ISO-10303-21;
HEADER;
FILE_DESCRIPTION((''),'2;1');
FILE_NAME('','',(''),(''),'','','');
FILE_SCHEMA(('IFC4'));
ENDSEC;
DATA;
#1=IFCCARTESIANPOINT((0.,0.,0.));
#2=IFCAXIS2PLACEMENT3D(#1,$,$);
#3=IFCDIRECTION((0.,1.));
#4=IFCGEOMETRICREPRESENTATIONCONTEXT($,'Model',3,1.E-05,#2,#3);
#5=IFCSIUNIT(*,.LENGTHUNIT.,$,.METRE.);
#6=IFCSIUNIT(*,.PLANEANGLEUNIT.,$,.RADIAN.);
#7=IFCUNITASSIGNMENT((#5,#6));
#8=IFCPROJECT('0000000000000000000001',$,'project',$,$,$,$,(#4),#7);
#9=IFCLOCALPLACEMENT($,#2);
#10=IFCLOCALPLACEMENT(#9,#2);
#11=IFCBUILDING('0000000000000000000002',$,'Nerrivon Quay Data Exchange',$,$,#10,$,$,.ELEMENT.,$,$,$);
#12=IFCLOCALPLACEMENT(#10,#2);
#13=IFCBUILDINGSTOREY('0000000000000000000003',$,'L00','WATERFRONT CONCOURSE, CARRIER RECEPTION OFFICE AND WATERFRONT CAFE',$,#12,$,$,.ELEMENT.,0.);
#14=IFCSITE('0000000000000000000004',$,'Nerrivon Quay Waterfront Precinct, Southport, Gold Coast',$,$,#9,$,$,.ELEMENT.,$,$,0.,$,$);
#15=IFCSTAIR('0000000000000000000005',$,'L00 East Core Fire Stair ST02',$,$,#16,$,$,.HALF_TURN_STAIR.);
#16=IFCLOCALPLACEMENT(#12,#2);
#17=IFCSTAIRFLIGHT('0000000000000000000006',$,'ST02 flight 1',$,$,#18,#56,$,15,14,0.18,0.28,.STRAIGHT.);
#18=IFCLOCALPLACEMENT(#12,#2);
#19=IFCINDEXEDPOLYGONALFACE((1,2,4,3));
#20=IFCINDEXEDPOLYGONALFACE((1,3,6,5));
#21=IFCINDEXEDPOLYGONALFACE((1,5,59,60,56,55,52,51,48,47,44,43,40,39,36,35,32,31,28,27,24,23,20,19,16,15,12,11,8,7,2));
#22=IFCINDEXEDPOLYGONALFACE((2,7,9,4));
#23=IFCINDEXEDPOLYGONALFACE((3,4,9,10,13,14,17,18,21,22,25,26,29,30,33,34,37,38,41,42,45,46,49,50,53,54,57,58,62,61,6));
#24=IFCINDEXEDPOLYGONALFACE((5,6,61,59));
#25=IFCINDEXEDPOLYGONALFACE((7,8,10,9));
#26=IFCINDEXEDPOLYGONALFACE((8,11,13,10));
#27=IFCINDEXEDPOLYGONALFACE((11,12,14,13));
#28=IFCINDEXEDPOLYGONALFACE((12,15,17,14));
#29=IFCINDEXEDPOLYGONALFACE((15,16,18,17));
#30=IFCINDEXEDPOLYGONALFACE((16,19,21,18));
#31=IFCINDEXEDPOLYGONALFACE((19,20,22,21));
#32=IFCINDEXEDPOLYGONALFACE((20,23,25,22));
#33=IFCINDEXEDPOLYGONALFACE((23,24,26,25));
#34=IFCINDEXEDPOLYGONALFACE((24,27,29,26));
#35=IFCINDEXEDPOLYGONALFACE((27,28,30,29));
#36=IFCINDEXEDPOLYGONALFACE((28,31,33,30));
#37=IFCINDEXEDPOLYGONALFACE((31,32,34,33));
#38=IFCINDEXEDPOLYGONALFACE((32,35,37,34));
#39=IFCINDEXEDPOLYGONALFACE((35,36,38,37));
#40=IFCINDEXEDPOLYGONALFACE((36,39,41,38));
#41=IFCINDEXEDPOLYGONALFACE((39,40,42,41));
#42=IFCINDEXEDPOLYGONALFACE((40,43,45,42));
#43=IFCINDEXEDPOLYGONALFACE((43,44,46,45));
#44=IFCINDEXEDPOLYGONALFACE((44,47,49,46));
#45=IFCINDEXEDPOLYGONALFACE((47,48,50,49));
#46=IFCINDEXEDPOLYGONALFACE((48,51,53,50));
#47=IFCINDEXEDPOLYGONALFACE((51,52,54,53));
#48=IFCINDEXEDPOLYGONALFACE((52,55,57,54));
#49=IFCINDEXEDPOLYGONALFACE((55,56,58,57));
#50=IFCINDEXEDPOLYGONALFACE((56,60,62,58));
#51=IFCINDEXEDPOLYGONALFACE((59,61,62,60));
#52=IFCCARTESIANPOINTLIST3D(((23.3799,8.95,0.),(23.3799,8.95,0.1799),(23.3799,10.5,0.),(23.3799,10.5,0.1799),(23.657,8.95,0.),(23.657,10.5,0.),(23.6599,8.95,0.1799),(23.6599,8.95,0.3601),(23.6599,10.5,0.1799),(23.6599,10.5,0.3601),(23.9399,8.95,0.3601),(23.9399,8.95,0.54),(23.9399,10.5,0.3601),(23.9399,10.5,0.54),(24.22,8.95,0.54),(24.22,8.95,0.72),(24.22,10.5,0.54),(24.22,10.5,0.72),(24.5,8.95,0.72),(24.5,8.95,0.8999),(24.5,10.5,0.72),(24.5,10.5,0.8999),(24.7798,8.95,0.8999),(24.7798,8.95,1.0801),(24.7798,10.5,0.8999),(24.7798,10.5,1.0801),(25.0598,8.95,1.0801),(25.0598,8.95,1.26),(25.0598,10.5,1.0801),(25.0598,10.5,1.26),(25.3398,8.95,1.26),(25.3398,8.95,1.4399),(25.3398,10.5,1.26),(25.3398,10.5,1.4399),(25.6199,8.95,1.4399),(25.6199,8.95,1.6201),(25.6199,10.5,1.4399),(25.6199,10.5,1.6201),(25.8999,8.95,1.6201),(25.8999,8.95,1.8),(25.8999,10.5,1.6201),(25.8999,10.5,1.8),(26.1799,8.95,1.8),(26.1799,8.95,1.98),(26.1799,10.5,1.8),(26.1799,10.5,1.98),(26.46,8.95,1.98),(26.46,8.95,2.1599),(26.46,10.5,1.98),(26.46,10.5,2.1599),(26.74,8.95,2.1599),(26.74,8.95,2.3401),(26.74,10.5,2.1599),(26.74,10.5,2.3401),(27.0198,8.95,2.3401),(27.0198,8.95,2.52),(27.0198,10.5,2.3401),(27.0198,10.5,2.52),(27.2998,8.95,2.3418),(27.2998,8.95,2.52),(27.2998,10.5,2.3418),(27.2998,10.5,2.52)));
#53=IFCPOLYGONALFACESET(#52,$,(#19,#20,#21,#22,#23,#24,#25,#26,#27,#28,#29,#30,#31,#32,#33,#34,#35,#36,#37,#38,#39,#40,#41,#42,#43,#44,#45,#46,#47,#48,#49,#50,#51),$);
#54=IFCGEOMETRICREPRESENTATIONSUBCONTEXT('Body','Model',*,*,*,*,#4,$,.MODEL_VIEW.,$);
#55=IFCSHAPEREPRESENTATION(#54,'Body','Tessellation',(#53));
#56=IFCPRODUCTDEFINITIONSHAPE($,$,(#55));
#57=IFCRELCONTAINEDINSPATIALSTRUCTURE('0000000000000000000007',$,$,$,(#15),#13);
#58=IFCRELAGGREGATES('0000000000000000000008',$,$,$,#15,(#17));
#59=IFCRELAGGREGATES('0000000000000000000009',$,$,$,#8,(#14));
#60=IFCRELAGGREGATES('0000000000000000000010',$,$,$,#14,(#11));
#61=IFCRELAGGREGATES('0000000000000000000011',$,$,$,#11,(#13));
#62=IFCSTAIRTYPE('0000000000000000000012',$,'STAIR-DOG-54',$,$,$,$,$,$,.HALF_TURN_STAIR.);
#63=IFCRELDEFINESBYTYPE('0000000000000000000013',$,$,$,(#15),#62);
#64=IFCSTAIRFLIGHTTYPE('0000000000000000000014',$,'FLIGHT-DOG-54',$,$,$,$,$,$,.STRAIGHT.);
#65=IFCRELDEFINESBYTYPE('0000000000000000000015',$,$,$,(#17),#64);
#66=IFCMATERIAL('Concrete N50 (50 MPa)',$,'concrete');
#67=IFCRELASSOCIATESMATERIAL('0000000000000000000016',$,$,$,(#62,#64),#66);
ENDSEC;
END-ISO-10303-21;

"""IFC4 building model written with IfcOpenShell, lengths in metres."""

from ifc_helpers import new_model, si_unit, direction, frame, origin, place, context, subcontext, project, spatial, polyline, outline, extrude, material, type_object, element, aggregate, save


model = new_model("IFC4")

# Units and contexts
model_context = context("Model", 3, precision=1e-05, world=origin(), true_north=direction((0.0, 1.0)))
body_context = subcontext(model_context, "Body", "Model", "MODEL_VIEW")
ifc_project = project(units=[si_unit("LENGTHUNIT", "METRE"), si_unit("PLANEANGLEUNIT", "RADIAN")], contexts=[model_context])

# Site, building, storey
site_placement = place(None, origin())
site = spatial("IfcSite", under=ifc_project, at=site_placement, Name="Nerrivon Quay Waterfront Precinct, Southport, Gold Coast", CompositionType="ELEMENT", RefElevation=0.0)
building_placement = place(site_placement, origin())
building = spatial("IfcBuilding", under=site, at=building_placement, Name="Nerrivon Quay Data Exchange", CompositionType="ELEMENT")
storey_placement = place(building_placement, origin())
storey = spatial("IfcBuildingStorey", under=building, at=storey_placement, Name="L00", Description="WATERFRONT CONCOURSE, CARRIER RECEPTION OFFICE AND WATERFRONT CAFE", CompositionType="ELEMENT", Elevation=0.0)

# Shared definitions
ifc_material_1 = material(Name="Concrete N50 (50 MPa)", Category="concrete")

# Stair, stair flight
stair_type = type_object("IfcStairType", Name="STAIR-DOG-54", PredefinedType="HALF_TURN_STAIR", material=ifc_material_1)
stair_placement = place(storey_placement, origin())
stair = element("IfcStair", 1, at=stair_placement, inside=storey, type_object=stair_type, Name="L00 East Core Fire Stair ST02", PredefinedType="HALF_TURN_STAIR")
stair_flight_type = type_object("IfcStairFlightType", Name="FLIGHT-DOG-54", PredefinedType="STRAIGHT", material=ifc_material_1)
stair_flight_placement = place(storey_placement, frame((23.3799, 9.7251, 0.0), z_axis=(0.0, 0.0, 1.0), x_axis=(1.0, 0.0, 0.0)))
stair_flight = element("IfcStairFlight", 2, at=stair_flight_placement, type_object=stair_flight_type, Name="ST02 flight 1", NumberOfRisers=15, NumberOfTreads=14, PredefinedType="STRAIGHT", RiserHeight=0.18, TreadLength=0.28, context=body_context, shape_type="SweptSolid", body=[
    extrude(outline(polyline([(0.0, 0.0), (0.0, 0.1799), (0.28, 0.1799), (0.28, 0.3601), (0.5601, 0.3601), (0.5601, 0.54), (0.8401, 0.54), (0.8401, 0.72), (1.1201, 0.72), (1.1201, 0.8999), (1.3999, 0.8999), (1.3999, 1.0801), (1.6799, 1.0801), (1.6799, 1.26), (1.96, 1.26), (1.96, 1.4399), (2.24, 1.4399), (2.24, 1.6201), (2.52, 1.6201), (2.52, 1.8), (2.8, 1.8), (2.8, 1.98), (3.0801, 1.98), (3.0801, 2.1599), (3.3601, 2.1599), (3.3601, 2.3401), (3.6399, 2.3401), (3.6399, 2.52), (3.9199, 2.52), (3.9199, 2.7), (3.9199, 2.3418), (0.2771, 0.0), (0.0, 0.0)])), frame((0.0, 0.7749, 0.0), z_axis=(0.0, -1.0, 0.0), x_axis=(1.0, 0.0, 0.0)), (0.0, 0.0, 1.0), 1.55),
])
aggregate(stair, [stair_flight])

save(model, "model.ifc")
